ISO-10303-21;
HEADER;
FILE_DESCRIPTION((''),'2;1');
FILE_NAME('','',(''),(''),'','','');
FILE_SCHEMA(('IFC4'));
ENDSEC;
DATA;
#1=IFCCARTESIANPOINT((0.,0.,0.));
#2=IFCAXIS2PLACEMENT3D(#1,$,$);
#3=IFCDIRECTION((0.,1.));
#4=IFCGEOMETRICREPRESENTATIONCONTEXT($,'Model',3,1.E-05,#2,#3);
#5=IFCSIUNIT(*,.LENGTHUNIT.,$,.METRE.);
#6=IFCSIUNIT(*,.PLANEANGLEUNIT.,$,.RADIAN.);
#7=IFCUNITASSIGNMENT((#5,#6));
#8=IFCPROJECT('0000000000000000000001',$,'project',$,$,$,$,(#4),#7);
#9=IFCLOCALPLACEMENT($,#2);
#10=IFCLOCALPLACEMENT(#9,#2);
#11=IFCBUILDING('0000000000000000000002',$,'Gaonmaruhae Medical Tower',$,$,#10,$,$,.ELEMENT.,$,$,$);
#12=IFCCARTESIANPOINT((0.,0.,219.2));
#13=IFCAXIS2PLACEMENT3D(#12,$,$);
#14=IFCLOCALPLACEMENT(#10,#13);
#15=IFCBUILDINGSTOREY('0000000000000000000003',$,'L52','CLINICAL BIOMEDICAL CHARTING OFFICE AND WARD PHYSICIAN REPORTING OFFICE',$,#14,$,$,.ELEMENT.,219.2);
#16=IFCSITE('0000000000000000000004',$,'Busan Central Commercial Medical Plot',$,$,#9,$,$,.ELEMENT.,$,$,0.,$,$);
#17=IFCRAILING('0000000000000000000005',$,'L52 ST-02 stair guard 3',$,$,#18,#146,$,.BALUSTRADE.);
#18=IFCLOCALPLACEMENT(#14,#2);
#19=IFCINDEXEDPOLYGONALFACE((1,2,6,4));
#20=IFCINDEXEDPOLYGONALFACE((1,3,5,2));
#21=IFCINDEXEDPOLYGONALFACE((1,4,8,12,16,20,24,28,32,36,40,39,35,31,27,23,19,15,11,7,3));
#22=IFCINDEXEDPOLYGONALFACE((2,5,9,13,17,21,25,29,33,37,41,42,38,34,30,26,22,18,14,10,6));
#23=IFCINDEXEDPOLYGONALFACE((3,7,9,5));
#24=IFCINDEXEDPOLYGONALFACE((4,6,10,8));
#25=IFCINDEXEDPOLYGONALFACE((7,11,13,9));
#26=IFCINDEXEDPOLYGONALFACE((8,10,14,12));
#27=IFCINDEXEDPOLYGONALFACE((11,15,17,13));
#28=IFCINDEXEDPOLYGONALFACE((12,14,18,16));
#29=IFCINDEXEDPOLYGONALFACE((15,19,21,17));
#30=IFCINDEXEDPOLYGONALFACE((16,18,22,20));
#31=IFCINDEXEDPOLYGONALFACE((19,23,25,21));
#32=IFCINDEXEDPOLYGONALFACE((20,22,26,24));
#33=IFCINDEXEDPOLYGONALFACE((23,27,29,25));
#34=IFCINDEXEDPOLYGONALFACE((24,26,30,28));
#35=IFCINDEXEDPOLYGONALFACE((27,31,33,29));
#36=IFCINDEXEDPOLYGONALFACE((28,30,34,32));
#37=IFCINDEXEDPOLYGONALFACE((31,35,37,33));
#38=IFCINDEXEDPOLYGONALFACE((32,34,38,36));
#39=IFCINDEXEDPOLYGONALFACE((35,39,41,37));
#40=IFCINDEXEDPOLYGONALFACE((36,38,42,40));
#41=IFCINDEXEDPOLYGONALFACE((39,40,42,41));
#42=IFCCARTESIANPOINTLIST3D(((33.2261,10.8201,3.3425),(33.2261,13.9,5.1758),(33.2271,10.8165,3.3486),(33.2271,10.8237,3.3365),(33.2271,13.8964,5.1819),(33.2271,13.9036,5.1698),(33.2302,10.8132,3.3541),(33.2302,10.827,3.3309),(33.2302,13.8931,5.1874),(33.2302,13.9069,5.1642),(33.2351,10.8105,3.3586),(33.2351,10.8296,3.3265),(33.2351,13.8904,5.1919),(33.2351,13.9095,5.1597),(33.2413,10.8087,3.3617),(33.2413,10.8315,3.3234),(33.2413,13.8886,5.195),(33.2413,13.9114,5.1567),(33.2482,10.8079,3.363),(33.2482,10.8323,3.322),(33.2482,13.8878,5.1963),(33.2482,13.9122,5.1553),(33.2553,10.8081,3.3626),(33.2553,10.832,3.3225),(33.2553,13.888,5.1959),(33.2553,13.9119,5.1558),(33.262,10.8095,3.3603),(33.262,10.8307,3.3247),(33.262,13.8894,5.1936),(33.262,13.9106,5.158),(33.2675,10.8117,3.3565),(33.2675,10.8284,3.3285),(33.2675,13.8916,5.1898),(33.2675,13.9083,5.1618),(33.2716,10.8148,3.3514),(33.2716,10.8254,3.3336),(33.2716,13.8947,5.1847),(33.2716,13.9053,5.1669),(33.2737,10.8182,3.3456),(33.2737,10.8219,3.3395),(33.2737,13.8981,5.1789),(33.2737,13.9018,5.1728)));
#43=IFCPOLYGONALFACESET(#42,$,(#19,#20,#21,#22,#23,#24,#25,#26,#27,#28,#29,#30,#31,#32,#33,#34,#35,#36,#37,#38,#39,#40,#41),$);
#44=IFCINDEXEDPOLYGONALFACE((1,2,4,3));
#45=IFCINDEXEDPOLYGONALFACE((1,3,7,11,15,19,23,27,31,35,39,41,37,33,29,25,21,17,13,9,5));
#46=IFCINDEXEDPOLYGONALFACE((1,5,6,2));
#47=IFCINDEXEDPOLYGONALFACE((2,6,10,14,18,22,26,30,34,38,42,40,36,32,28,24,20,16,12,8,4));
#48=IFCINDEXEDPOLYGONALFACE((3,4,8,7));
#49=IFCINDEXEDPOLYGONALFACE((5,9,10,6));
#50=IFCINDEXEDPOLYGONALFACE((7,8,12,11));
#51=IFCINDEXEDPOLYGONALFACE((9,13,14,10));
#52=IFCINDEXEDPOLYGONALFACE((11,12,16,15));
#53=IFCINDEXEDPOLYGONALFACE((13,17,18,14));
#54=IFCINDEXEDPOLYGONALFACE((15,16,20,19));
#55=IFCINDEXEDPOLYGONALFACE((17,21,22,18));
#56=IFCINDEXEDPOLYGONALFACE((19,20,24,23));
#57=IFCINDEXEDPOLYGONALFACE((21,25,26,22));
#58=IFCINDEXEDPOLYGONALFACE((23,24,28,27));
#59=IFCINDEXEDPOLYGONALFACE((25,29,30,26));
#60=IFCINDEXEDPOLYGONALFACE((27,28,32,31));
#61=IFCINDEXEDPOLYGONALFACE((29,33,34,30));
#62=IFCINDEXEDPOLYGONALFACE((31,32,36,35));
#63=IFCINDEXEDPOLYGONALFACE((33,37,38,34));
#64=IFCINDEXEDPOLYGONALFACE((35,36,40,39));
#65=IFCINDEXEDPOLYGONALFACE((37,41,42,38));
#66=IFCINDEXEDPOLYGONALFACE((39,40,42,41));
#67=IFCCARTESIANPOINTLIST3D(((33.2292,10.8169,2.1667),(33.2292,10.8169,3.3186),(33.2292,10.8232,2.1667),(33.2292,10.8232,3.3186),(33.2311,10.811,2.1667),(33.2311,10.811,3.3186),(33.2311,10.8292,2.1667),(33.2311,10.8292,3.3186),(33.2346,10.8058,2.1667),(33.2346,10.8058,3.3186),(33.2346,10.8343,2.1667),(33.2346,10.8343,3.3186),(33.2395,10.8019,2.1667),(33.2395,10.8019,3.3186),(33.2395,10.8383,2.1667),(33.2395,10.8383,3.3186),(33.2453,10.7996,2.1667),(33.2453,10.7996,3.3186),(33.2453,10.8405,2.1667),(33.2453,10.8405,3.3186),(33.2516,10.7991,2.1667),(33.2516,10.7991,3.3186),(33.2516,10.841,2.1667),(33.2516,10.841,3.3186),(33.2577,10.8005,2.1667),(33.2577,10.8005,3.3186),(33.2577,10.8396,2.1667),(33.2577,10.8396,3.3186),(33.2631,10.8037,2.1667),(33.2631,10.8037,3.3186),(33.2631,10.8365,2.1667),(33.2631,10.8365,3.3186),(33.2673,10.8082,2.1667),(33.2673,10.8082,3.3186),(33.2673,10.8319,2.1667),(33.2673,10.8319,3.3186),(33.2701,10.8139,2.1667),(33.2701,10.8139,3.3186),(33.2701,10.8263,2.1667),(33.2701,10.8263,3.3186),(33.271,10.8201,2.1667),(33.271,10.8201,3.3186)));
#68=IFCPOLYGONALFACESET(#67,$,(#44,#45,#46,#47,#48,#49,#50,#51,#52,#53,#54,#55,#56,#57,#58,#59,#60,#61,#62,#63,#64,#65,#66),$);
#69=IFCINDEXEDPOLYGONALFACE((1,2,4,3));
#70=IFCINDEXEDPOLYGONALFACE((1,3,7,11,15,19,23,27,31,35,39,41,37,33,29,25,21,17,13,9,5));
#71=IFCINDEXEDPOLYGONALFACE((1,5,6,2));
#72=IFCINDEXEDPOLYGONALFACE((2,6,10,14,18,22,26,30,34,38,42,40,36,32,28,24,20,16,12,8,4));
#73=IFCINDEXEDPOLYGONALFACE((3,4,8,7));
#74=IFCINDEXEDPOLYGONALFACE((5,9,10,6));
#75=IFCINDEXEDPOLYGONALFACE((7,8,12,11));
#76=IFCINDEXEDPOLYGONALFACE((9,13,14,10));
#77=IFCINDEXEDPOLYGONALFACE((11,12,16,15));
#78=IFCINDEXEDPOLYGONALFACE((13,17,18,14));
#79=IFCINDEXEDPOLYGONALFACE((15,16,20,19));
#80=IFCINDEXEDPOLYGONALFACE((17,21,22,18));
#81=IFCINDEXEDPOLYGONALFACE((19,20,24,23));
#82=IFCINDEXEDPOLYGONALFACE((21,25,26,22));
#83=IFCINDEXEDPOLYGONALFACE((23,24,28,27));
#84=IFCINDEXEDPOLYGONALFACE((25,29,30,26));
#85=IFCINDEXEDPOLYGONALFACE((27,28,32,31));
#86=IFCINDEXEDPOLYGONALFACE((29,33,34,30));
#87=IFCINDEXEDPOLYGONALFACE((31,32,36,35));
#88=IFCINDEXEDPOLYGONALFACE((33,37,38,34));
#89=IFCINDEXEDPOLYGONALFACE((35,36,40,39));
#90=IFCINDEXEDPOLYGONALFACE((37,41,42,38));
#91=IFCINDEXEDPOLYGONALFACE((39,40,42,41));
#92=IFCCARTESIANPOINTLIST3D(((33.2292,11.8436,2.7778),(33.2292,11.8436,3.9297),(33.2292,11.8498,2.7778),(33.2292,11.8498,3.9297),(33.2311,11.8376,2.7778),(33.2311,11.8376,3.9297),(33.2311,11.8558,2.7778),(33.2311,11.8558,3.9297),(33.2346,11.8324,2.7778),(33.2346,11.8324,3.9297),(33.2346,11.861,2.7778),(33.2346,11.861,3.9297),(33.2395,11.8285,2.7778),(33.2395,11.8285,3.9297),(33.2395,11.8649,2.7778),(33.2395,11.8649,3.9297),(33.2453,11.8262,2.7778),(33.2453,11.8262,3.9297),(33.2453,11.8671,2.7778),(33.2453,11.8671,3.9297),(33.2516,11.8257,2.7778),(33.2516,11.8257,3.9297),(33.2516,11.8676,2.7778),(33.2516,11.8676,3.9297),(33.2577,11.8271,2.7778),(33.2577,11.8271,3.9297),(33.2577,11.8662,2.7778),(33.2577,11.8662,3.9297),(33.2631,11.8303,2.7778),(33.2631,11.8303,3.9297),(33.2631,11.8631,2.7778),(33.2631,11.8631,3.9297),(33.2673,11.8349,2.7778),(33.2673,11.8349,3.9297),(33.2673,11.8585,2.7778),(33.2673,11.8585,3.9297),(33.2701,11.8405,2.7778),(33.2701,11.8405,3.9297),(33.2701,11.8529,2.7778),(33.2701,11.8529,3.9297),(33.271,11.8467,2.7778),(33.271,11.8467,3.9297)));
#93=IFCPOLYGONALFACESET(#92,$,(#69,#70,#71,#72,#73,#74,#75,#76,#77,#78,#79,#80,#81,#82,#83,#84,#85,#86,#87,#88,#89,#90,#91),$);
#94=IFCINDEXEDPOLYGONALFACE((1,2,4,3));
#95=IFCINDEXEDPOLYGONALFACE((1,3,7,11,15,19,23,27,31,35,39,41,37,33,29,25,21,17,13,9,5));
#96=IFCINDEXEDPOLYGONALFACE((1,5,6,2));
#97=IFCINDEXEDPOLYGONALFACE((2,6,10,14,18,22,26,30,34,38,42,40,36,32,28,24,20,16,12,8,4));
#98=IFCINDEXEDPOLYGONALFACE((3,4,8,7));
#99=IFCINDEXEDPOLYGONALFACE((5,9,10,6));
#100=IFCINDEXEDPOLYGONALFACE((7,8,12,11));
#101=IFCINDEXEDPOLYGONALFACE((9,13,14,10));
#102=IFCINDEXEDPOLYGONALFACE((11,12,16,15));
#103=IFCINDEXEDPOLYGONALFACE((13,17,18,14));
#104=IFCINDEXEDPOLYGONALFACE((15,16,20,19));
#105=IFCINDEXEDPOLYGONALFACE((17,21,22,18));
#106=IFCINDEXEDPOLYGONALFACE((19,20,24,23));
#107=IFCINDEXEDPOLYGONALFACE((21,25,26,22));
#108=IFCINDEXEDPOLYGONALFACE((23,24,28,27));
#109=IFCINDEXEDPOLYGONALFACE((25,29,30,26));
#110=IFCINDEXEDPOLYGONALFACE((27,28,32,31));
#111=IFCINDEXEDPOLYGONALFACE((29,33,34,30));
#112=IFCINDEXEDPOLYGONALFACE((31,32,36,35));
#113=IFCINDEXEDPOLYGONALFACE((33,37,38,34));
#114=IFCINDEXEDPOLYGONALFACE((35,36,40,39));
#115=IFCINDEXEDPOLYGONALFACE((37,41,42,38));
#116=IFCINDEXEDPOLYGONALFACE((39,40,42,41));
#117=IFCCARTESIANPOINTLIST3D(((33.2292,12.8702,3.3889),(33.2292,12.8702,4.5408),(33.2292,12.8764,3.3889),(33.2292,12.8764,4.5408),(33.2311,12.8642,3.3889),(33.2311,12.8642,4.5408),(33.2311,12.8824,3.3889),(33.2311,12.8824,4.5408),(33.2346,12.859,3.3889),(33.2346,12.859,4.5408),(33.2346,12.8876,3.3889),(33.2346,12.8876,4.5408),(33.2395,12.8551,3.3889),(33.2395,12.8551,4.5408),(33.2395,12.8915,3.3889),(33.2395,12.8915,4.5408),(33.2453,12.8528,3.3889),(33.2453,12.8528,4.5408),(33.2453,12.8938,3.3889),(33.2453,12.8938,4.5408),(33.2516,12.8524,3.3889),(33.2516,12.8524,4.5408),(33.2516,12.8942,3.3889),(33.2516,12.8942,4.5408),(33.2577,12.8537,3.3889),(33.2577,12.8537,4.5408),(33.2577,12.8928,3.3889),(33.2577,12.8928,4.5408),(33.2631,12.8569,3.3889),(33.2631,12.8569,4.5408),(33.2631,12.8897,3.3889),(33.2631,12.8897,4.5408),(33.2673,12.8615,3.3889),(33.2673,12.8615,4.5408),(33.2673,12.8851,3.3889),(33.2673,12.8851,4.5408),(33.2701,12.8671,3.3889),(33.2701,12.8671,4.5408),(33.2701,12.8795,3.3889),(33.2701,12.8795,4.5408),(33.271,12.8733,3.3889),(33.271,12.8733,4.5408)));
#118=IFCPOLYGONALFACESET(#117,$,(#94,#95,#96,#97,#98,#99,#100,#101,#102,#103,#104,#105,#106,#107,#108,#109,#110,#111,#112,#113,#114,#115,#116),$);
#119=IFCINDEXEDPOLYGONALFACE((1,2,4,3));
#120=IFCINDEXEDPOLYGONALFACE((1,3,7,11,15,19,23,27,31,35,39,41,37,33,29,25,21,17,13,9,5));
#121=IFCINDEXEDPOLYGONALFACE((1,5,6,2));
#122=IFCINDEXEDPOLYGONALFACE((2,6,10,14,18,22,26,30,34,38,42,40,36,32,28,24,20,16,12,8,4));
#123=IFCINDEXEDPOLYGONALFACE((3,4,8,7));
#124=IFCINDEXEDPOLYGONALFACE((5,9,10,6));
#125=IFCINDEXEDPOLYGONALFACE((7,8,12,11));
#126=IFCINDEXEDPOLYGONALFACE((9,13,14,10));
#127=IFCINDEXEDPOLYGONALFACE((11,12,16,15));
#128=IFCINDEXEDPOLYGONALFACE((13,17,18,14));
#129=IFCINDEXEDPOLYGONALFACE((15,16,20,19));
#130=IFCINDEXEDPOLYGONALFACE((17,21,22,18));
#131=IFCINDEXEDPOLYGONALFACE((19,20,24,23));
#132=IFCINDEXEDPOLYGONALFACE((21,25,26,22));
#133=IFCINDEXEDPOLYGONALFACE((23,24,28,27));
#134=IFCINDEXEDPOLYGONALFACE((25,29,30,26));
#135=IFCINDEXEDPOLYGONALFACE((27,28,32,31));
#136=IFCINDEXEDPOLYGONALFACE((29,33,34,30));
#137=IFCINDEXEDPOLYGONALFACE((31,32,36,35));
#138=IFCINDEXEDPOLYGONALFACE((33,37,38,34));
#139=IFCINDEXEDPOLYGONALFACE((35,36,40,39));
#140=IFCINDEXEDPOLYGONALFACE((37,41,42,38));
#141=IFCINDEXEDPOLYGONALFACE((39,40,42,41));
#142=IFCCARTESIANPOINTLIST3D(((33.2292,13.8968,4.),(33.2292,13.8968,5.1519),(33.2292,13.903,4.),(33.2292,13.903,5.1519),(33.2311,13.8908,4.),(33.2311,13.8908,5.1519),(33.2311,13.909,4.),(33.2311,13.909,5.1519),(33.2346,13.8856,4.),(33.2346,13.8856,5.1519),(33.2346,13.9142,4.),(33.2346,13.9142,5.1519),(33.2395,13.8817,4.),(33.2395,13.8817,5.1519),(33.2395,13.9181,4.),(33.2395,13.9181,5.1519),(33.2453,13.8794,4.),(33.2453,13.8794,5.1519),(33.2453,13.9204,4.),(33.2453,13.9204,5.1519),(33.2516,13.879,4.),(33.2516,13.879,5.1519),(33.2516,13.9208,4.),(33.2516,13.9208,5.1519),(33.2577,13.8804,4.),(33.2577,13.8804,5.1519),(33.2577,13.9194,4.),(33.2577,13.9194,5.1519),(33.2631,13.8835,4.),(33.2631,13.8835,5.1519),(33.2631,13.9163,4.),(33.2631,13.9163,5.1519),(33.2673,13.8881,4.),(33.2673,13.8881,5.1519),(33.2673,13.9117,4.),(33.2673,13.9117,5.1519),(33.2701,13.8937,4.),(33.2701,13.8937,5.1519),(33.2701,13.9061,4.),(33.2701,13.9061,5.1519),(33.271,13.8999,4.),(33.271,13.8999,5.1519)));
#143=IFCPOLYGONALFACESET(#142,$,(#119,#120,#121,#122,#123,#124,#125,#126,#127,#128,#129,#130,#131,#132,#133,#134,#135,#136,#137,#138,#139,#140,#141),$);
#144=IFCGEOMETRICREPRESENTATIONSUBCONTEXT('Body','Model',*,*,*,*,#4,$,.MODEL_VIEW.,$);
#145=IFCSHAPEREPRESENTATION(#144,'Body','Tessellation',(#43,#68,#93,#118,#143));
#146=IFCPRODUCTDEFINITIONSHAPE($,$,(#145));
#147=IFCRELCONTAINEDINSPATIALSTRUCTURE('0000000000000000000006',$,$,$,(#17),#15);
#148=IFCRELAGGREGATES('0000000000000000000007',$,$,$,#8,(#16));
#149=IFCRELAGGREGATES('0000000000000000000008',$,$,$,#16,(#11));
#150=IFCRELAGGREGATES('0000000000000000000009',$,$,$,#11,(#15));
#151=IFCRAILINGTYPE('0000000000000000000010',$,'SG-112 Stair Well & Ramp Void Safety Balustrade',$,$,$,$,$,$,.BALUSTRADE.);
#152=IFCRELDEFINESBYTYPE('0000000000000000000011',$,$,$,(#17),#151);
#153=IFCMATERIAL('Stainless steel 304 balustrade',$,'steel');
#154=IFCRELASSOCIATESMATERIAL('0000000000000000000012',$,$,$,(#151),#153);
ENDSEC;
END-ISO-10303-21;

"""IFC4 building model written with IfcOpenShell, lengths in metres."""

from ifc_helpers import new_model, si_unit, direction, frame, origin, origin_2d, place, context, subcontext, project, spatial, circle, extrude, material, type_object, element, save


model = new_model("IFC4")

# Units and contexts
model_context = context("Model", 3, precision=1e-05, world=origin(), true_north=direction((0.0, 1.0)))
body_context = subcontext(model_context, "Body", "Model", "MODEL_VIEW")
ifc_project = project(units=[si_unit("LENGTHUNIT", "METRE"), si_unit("PLANEANGLEUNIT", "RADIAN")], contexts=[model_context])

# Site, building, storey
site_placement = place(None, origin())
site = spatial("IfcSite", under=ifc_project, at=site_placement, Name="Busan Central Commercial Medical Plot", CompositionType="ELEMENT", RefElevation=0.0)
building_placement = place(site_placement, origin())
building = spatial("IfcBuilding", under=site, at=building_placement, Name="Gaonmaruhae Medical Tower", CompositionType="ELEMENT")
storey_placement = place(building_placement, frame((0.0, 0.0, 219.2)))
storey = spatial("IfcBuildingStorey", under=building, at=storey_placement, Name="L52", Description="CLINICAL BIOMEDICAL CHARTING OFFICE AND WARD PHYSICIAN REPORTING OFFICE", CompositionType="ELEMENT", Elevation=219.2)

# Railing
ifc_material_1 = material(Name="Stainless steel 304 balustrade", Category="steel")
railing_type_1 = type_object("IfcRailingType", Name="SG-112 Stair Well & Ramp Void Safety Balustrade", PredefinedType="BALUSTRADE", material=ifc_material_1)
railing_1_placement = place(storey_placement, frame((33.25, 10.8201, 2.1667)))
element("IfcRailing", 1, at=railing_1_placement, inside=storey, type_object=railing_type_1, Name="L52 ST-02 stair guard 3", PredefinedType="BALUSTRADE", context=body_context, shape_type="SweptSolid", body=[
    extrude(circle(Radius=0.0239, at=origin_2d()), frame((0.0, 0.0, 1.1758), z_axis=(0.0, 0.859291, 0.511487), x_axis=(-1.0, 0.0, 0.0)), (0.0, 0.0, 1.0), 3.5842),
    extrude(circle(Radius=0.021, at=origin_2d()), origin(), (0.0, 0.0, 1.0), 1.1519),
    extrude(circle(Radius=0.021, at=origin_2d()), frame((0.0, 1.0266, 0.6111)), (0.0, 0.0, 1.0), 1.1519),
    extrude(circle(Radius=0.021, at=origin_2d()), frame((0.0, 2.0532, 1.2222)), (0.0, 0.0, 1.0), 1.1519),
    extrude(circle(Radius=0.021, at=origin_2d()), frame((0.0, 3.0798, 1.8333)), (0.0, 0.0, 1.0), 1.1519),
])

save(model, "model.ifc")
